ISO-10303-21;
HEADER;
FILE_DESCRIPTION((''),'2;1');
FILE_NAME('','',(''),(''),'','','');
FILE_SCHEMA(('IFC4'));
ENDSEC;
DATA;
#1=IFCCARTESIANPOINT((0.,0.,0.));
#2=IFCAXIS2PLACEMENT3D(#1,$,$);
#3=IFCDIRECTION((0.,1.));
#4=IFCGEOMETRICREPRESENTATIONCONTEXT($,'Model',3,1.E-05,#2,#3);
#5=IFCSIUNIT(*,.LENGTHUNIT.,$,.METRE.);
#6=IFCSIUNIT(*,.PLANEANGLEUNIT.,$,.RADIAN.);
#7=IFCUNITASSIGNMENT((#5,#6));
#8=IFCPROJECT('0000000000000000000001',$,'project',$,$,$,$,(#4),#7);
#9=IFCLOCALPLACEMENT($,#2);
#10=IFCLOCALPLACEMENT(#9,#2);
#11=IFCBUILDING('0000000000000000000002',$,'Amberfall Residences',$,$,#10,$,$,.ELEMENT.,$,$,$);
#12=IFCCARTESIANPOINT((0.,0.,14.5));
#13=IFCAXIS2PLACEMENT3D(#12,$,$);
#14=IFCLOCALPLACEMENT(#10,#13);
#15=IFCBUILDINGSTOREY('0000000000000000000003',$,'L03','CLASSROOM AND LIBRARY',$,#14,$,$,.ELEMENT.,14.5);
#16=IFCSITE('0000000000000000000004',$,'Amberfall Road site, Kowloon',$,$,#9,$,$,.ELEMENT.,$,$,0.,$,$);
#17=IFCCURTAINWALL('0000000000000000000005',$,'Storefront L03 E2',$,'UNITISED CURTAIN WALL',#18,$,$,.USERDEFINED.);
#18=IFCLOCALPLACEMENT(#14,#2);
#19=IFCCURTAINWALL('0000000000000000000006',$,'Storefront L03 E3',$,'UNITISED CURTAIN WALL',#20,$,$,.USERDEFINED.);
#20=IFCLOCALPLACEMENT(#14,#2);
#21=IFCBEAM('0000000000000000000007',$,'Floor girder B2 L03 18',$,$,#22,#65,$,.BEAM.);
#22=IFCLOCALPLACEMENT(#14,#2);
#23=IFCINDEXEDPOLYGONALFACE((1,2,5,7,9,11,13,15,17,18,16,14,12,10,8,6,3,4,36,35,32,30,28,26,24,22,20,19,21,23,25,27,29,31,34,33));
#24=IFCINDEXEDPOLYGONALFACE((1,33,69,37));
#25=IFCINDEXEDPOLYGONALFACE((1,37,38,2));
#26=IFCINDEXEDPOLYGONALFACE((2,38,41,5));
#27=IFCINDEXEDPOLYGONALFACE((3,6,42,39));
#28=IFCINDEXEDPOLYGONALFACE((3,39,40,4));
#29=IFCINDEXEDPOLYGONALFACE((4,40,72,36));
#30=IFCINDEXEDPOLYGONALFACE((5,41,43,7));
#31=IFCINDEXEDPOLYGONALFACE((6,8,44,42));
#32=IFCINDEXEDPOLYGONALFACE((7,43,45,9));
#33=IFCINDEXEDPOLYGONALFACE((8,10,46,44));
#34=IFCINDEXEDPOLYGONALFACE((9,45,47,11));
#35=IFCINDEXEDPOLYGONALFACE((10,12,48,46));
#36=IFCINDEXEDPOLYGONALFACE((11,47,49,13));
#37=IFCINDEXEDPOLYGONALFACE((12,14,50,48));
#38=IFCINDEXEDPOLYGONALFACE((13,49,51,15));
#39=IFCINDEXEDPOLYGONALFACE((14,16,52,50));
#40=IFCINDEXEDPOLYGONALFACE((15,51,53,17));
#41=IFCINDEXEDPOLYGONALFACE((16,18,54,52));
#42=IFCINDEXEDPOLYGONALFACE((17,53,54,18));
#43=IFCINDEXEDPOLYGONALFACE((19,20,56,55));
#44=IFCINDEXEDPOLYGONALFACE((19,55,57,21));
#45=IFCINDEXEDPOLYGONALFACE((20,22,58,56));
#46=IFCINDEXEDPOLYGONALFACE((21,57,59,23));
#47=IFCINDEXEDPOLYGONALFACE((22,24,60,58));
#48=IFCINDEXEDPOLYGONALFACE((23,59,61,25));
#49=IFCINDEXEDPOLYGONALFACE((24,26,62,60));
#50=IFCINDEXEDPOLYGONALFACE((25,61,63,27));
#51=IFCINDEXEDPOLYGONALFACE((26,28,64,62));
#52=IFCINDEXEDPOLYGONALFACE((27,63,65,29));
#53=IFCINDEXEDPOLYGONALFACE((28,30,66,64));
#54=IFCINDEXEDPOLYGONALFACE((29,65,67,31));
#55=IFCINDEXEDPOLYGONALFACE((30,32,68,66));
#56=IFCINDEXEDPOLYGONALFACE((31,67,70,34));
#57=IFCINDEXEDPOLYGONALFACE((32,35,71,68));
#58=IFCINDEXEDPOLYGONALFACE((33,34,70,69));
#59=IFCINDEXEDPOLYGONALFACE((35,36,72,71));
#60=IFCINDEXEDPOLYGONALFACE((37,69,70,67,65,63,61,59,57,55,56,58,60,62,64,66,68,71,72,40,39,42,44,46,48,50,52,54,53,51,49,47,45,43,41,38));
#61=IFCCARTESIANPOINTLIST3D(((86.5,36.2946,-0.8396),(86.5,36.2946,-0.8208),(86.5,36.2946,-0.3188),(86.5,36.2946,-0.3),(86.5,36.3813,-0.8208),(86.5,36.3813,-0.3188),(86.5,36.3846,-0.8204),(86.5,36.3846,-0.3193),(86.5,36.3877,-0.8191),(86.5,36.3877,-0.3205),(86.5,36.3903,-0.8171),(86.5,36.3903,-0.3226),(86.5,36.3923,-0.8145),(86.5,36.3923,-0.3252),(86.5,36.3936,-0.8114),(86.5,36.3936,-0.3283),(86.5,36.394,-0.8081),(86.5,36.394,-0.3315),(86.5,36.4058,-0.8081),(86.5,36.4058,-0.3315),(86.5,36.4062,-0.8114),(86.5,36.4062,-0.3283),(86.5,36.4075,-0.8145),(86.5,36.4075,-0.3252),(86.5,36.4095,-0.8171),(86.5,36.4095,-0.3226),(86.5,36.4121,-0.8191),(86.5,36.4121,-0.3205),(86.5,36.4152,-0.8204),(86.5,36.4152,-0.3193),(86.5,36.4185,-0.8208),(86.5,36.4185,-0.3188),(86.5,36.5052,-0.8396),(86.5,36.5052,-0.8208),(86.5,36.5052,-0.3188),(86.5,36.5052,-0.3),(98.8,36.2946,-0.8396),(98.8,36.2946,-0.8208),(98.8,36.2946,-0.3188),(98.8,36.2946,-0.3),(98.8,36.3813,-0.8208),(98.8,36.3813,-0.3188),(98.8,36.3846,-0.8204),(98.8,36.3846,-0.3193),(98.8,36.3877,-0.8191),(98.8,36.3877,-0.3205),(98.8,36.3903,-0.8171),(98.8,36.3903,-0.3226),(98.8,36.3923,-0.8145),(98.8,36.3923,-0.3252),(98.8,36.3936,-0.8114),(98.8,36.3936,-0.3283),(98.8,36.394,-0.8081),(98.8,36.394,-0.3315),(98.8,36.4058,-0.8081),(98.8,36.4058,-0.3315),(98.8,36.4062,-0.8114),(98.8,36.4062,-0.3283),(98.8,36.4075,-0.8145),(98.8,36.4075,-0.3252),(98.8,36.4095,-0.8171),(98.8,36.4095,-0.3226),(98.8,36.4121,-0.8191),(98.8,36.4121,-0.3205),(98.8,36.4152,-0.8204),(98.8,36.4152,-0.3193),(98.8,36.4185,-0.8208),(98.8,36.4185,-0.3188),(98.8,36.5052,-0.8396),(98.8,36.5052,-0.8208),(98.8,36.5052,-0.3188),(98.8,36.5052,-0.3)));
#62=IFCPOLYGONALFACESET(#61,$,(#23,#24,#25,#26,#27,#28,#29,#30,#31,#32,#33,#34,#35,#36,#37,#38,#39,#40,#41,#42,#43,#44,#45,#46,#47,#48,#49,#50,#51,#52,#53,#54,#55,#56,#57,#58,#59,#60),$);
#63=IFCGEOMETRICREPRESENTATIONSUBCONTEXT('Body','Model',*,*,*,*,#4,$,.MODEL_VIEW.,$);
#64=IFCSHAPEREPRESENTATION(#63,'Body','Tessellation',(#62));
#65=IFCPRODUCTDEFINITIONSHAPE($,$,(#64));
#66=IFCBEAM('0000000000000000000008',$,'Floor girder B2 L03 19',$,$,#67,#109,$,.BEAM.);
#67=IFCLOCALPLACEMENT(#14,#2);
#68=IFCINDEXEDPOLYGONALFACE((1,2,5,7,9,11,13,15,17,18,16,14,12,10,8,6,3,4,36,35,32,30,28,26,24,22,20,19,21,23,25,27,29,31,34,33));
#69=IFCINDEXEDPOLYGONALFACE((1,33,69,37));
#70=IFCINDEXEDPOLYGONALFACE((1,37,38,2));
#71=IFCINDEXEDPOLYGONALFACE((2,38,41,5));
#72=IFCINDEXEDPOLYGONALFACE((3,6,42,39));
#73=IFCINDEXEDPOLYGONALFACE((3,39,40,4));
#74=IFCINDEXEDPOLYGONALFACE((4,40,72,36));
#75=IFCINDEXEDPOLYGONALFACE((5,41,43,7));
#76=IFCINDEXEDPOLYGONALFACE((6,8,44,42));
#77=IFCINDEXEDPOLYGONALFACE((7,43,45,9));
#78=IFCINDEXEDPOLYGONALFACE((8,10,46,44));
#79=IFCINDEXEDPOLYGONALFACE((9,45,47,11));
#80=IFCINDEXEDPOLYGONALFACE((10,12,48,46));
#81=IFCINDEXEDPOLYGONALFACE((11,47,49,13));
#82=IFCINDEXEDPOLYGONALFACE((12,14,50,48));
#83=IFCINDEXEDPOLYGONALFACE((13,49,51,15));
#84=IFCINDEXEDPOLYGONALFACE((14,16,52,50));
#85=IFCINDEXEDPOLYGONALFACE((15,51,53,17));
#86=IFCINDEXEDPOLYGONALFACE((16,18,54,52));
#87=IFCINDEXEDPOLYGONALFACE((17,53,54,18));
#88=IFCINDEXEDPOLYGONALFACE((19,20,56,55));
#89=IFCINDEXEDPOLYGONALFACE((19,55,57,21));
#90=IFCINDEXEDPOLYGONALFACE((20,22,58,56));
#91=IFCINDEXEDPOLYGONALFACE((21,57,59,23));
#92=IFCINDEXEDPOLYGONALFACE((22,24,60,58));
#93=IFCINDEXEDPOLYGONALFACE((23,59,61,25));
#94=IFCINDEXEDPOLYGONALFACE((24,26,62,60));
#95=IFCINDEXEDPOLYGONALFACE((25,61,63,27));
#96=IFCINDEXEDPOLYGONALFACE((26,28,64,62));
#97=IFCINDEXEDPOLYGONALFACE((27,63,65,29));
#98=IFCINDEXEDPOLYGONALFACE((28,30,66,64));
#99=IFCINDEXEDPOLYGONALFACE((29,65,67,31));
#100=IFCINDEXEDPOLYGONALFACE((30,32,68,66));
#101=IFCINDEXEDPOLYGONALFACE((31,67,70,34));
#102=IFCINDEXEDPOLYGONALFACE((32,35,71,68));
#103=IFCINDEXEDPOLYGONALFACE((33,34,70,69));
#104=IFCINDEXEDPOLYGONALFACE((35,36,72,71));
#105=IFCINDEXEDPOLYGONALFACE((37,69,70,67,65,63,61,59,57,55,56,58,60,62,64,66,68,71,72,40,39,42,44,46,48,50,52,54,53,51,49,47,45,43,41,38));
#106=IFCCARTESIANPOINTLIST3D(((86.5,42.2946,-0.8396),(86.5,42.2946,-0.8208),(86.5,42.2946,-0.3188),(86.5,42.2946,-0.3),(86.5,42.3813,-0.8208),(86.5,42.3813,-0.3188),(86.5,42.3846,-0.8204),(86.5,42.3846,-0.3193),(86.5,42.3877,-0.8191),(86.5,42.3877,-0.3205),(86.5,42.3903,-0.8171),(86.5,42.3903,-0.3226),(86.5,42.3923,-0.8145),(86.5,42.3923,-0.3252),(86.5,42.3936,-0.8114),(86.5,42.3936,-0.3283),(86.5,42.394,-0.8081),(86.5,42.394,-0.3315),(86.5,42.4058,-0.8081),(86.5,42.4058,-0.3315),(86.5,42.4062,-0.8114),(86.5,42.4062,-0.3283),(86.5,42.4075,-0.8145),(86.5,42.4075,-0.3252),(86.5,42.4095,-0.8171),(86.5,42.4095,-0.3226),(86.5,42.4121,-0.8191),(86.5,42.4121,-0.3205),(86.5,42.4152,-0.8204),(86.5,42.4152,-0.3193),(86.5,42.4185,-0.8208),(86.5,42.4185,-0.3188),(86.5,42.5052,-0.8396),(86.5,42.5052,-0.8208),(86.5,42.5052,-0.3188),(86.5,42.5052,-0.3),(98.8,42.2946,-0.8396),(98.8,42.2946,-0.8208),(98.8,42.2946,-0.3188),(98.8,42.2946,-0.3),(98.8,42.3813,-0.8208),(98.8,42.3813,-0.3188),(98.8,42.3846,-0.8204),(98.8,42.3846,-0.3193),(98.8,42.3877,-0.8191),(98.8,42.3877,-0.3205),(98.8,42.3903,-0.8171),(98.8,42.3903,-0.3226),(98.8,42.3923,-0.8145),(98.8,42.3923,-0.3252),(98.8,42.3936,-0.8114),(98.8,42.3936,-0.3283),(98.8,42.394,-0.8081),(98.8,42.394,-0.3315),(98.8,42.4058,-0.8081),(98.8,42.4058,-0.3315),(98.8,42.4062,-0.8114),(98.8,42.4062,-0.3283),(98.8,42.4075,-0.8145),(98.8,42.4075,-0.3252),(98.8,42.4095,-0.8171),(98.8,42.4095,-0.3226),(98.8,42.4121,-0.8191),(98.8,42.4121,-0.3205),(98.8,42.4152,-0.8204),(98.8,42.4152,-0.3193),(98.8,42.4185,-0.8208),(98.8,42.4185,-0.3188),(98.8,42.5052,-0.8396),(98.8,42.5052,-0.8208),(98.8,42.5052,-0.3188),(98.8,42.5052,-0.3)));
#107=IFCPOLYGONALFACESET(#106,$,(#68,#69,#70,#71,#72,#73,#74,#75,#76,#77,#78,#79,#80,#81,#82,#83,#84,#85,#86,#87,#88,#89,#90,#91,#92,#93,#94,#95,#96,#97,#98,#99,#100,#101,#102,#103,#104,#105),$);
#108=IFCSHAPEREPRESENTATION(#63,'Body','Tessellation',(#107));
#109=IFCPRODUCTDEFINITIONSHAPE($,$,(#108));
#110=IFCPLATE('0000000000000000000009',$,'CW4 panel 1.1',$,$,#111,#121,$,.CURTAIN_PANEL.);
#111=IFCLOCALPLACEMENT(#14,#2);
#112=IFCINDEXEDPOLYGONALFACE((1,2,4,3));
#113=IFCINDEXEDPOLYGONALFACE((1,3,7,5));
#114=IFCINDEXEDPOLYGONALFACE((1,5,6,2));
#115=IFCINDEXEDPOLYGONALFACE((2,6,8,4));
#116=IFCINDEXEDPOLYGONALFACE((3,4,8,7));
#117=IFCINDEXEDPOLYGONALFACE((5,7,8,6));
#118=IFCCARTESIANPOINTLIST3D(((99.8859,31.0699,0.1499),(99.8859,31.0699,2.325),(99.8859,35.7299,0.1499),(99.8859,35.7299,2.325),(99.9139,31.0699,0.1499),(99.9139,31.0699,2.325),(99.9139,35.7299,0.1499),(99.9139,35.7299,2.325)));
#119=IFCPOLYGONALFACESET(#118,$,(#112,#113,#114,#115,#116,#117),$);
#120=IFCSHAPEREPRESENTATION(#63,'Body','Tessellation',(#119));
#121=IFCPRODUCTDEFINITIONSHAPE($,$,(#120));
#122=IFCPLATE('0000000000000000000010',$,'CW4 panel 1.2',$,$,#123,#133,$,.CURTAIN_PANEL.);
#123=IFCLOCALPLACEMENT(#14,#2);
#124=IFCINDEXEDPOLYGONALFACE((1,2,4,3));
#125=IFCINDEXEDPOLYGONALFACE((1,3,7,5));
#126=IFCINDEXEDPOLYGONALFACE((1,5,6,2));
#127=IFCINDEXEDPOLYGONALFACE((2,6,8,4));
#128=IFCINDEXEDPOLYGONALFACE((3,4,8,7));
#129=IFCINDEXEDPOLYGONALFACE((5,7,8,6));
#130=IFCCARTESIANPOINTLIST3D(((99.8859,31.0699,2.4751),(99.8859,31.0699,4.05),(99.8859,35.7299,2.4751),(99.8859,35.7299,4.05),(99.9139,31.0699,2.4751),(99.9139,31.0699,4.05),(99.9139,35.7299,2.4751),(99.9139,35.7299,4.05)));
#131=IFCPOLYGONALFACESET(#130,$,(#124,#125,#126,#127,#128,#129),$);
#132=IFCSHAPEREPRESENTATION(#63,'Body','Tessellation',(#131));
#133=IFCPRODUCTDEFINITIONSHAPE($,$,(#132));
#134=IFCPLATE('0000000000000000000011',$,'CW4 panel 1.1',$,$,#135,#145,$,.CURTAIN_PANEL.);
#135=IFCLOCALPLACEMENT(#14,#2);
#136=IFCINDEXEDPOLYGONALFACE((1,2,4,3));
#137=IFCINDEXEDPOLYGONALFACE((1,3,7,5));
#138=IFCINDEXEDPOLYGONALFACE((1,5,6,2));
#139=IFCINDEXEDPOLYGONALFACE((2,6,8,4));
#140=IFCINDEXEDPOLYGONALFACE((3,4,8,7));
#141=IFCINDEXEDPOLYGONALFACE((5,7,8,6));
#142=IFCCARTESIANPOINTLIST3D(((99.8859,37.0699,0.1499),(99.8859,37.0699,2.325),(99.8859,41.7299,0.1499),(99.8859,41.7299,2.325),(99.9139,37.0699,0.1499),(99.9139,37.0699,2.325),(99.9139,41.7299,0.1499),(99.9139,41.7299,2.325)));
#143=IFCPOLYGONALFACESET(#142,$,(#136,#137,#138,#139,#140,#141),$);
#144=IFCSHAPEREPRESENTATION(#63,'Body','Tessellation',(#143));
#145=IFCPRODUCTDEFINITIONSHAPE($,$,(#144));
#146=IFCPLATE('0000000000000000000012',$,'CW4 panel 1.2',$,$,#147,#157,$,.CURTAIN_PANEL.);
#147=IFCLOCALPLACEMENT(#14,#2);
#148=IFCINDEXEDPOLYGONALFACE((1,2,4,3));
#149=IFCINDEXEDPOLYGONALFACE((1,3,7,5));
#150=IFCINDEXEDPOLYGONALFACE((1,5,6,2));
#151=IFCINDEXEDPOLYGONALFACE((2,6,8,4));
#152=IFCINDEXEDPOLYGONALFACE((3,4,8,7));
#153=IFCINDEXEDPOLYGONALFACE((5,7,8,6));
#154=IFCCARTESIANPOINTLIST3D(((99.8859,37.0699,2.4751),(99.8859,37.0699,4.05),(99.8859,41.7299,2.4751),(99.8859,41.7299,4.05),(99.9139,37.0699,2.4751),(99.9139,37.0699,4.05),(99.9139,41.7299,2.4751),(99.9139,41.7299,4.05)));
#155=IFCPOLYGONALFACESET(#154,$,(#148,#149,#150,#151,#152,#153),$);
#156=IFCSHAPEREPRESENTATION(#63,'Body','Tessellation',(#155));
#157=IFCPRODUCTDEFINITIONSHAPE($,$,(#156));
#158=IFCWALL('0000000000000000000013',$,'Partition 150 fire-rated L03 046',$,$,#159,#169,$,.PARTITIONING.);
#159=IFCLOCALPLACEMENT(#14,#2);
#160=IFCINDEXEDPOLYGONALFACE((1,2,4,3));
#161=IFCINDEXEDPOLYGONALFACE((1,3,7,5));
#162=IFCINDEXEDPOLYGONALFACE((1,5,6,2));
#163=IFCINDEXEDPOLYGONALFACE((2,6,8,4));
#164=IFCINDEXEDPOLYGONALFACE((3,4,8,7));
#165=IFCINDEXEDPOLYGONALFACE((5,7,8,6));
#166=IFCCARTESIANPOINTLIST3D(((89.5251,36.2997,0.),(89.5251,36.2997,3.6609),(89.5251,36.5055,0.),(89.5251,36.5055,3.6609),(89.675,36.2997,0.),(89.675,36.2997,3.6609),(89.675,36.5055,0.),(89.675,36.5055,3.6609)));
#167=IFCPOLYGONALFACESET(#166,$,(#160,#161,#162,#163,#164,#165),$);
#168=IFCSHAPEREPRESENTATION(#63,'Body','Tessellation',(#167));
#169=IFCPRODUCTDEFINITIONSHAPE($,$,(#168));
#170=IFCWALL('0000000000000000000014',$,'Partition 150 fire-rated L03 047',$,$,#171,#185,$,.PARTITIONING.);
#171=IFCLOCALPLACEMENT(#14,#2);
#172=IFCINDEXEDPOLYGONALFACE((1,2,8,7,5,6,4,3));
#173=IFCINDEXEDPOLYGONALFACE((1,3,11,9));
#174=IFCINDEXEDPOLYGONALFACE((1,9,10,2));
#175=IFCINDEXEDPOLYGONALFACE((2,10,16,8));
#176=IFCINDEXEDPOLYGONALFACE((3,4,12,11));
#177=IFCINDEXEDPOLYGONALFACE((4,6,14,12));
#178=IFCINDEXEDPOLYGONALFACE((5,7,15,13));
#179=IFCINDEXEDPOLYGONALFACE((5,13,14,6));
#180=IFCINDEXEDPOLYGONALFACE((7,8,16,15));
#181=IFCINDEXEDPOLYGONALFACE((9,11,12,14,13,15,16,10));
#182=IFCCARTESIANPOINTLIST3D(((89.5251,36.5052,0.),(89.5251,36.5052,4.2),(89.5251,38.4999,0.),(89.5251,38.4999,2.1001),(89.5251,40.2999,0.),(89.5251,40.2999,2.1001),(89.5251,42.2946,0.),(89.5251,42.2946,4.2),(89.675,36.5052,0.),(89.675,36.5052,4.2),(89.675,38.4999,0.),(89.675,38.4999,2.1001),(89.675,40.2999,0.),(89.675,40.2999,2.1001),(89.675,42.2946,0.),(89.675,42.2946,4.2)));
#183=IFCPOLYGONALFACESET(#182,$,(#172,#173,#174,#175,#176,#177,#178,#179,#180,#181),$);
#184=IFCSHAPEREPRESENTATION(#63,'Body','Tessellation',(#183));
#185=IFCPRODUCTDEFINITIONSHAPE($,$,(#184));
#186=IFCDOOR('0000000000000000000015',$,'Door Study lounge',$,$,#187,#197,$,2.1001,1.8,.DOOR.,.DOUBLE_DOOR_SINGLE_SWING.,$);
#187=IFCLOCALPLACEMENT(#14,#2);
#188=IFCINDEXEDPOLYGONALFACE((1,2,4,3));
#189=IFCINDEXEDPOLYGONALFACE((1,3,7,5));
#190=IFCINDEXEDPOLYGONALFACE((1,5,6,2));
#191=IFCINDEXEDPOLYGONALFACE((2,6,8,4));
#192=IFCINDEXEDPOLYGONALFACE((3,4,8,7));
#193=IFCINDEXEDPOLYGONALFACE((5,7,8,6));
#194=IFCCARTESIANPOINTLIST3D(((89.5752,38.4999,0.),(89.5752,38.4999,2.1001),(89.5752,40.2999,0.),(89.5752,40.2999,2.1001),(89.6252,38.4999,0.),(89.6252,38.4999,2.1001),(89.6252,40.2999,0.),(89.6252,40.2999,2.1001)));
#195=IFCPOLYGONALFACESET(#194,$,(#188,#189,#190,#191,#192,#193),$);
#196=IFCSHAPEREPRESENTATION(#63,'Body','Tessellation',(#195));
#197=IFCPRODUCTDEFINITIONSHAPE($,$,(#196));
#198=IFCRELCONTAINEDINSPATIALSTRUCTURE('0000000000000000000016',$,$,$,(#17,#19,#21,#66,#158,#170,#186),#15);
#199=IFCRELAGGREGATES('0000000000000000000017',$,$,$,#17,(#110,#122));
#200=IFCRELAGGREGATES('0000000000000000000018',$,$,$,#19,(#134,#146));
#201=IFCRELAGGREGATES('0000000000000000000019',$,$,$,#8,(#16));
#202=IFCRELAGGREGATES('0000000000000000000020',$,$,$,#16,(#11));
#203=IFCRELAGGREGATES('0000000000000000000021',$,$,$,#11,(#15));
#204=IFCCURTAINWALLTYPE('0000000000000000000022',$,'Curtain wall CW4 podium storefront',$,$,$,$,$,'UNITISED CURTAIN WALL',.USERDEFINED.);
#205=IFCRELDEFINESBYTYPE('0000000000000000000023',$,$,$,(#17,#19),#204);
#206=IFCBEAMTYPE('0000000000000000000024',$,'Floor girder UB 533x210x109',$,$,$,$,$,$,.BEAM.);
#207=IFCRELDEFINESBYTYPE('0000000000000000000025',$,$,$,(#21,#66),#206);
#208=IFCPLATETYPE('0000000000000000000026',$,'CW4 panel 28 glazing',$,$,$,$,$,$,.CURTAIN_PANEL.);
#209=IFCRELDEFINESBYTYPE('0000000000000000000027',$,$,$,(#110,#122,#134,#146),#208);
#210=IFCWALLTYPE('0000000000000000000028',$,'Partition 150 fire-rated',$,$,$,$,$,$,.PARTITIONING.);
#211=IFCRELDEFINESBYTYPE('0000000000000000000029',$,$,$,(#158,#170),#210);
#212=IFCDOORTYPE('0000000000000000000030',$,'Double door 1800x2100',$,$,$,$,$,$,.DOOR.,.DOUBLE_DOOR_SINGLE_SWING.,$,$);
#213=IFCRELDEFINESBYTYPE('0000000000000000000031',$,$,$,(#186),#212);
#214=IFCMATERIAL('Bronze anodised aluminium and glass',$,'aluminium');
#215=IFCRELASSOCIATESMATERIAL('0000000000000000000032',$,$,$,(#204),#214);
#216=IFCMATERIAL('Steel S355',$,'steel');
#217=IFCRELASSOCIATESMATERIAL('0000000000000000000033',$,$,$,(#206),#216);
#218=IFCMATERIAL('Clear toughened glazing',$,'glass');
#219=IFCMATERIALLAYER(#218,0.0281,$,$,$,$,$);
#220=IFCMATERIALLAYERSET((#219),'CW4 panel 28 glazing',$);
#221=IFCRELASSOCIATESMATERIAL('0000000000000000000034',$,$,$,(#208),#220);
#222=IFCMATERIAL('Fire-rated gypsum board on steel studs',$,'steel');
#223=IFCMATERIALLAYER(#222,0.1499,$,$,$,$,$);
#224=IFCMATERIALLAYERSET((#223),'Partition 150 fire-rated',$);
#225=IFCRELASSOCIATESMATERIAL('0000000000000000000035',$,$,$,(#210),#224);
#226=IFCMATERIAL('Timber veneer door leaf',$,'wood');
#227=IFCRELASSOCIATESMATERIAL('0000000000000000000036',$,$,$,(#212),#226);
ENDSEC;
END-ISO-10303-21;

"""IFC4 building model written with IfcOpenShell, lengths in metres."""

from ifc_helpers import new_model, si_unit, direction, frame, frame_2d, origin, origin_2d, place, context, subcontext, project, spatial, rectangle, i_section, extrude, material, layer, layer_set, material_profile, profile_set, type_object, element, fill, aggregate, save


model = new_model("IFC4")

# Units and contexts
model_context = context("Model", 3, precision=1e-05, world=origin(), true_north=direction((0.0, 1.0)))
body_context = subcontext(model_context, "Body", "Model", "MODEL_VIEW")
ifc_project = project(units=[si_unit("LENGTHUNIT", "METRE"), si_unit("PLANEANGLEUNIT", "RADIAN")], contexts=[model_context])

# Site, building, storey
site_placement = place(None, origin())
site = spatial("IfcSite", under=ifc_project, at=site_placement, Name="Amberfall Road site, Kowloon", CompositionType="ELEMENT", RefElevation=0.0)
building_placement = place(site_placement, origin())
building = spatial("IfcBuilding", under=site, at=building_placement, Name="Amberfall Residences", CompositionType="ELEMENT")
storey_placement = place(building_placement, frame((0.0, 0.0, 14.5)))
storey = spatial("IfcBuildingStorey", under=building, at=storey_placement, Name="L03", Description="CLASSROOM AND LIBRARY", CompositionType="ELEMENT", Elevation=14.5)

# Curtain wall
ifc_material_1 = material(Name="Bronze anodised aluminium and glass", Category="aluminium")
curtain_wall_type = type_object("IfcCurtainWallType", Name="Curtain wall CW4 podium storefront", ElementType="UNITISED CURTAIN WALL", PredefinedType="USERDEFINED", material=ifc_material_1)
curtain_wall_1_placement = place(storey_placement, origin())
curtain_wall_1 = element("IfcCurtainWall", 1, at=curtain_wall_1_placement, inside=storey, type_object=curtain_wall_type, Name="Storefront L03 E2", ObjectType="UNITISED CURTAIN WALL", PredefinedType="USERDEFINED")

# Curtain wall
curtain_wall_2_placement = place(storey_placement, origin())
curtain_wall_2 = element("IfcCurtainWall", 2, at=curtain_wall_2_placement, inside=storey, type_object=curtain_wall_type, Name="Storefront L03 E3", ObjectType="UNITISED CURTAIN WALL", PredefinedType="USERDEFINED")

# Beams
ifc_material_2 = material(Name="Steel S355", Category="steel")
ifc_material_profile_1 = material_profile(ifc_material_2, i_section(OverallWidth=0.2107, OverallDepth=0.5396, WebThickness=0.0117, FlangeThickness=0.0188, FilletRadius=0.0127, at=origin_2d()), Name="UB 533x210x109")
ifc_profile_set_1 = profile_set([ifc_material_profile_1], Name="Steel S355")
beam_type_1 = type_object("IfcBeamType", Name="Floor girder UB 533x210x109", PredefinedType="BEAM", material=ifc_profile_set_1)
for number, where, z_axis, x_axis, name in (
    (3, (98.8, 36.3999, -0.5698), (-1.0, 0.0, 0.0), (0.0, -1.0, 0.0), "Floor girder B2 L03 18"),
    (4, (98.8, 42.3999, -0.5698), (-1.0, 0.0, 0.0), (0.0, -1.0, 0.0), "Floor girder B2 L03 19"),
):
    element("IfcBeam", number, at=place(storey_placement, frame(where, z_axis=z_axis, x_axis=x_axis)), inside=storey, type_object=beam_type_1, Name=name, PredefinedType="BEAM", context=body_context, shape_type="SweptSolid", body=[
        extrude(i_section(OverallWidth=0.2107, OverallDepth=0.5396, WebThickness=0.0117, FlangeThickness=0.0188, FilletRadius=0.0127, at=origin_2d()), origin(), (0.0, 0.0, 1.0), 12.3),
    ])

# Plates
ifc_material_3 = material(Name="Clear toughened glazing", Category="glass")
ifc_layer_1 = layer(ifc_material_3, 0.0281)
ifc_layer_set_1 = layer_set([ifc_layer_1], Name="CW4 panel 28 glazing")
plate_type = type_object("IfcPlateType", Name="CW4 panel 28 glazing", PredefinedType="CURTAIN_PANEL", material=ifc_layer_set_1)
plate_1_placement = place(storey_placement, frame((99.8999, 33.3999, 0.1499), z_axis=(0.0, 0.0, 1.0), x_axis=(0.0, 1.0, 0.0)))
plate_1 = element("IfcPlate", 5, at=plate_1_placement, type_object=plate_type, Name="CW4 panel 1.1", PredefinedType="CURTAIN_PANEL", context=body_context, shape_type="SweptSolid", body=[
    extrude(rectangle(XDim=4.6599, YDim=0.0281, at=origin_2d()), origin(), (0.0, 0.0, 1.0), 2.175),
])
plate_2_placement = place(storey_placement, frame((99.8999, 33.3999, 2.4751), z_axis=(0.0, 0.0, 1.0), x_axis=(0.0, 1.0, 0.0)))
plate_2 = element("IfcPlate", 6, at=plate_2_placement, type_object=plate_type, Name="CW4 panel 1.2", PredefinedType="CURTAIN_PANEL", context=body_context, shape_type="SweptSolid", body=[
    extrude(rectangle(XDim=4.6599, YDim=0.0281, at=origin_2d()), origin(), (0.0, 0.0, 1.0), 1.575),
])
aggregate(curtain_wall_1, [plate_1, plate_2])
plate_3_placement = place(storey_placement, frame((99.8999, 39.3999, 0.1499), z_axis=(0.0, 0.0, 1.0), x_axis=(0.0, 1.0, 0.0)))
plate_3 = element("IfcPlate", 7, at=plate_3_placement, type_object=plate_type, Name="CW4 panel 1.1", PredefinedType="CURTAIN_PANEL", context=body_context, shape_type="SweptSolid", body=[
    extrude(rectangle(XDim=4.6599, YDim=0.0281, at=origin_2d()), origin(), (0.0, 0.0, 1.0), 2.175),
])
plate_4_placement = place(storey_placement, frame((99.8999, 39.3999, 2.4751), z_axis=(0.0, 0.0, 1.0), x_axis=(0.0, 1.0, 0.0)))
plate_4 = element("IfcPlate", 8, at=plate_4_placement, type_object=plate_type, Name="CW4 panel 1.2", PredefinedType="CURTAIN_PANEL", context=body_context, shape_type="SweptSolid", body=[
    extrude(rectangle(XDim=4.6599, YDim=0.0281, at=origin_2d()), origin(), (0.0, 0.0, 1.0), 1.575),
])
aggregate(curtain_wall_2, [plate_3, plate_4])

# Wall
ifc_material_4 = material(Name="Fire-rated gypsum board on steel studs", Category="steel")
ifc_layer_2 = layer(ifc_material_4, 0.1499)
ifc_layer_set_2 = layer_set([ifc_layer_2], Name="Partition 150 fire-rated")
wall_type = type_object("IfcWallType", Name="Partition 150 fire-rated", PredefinedType="PARTITIONING", material=ifc_layer_set_2)
wall_1_placement = place(storey_placement, frame((89.6001, 36.2996, 0.0), z_axis=(0.0, 0.0, 1.0), x_axis=(0.0, 1.0, 0.0)))
element("IfcWall", 9, at=wall_1_placement, inside=storey, type_object=wall_type, Name="Partition 150 fire-rated L03 046", PredefinedType="PARTITIONING", context=body_context, shape_type="SweptSolid", body=[
    extrude(rectangle(XDim=0.2058, YDim=0.1499, at=frame_2d((0.103, 0.0))), origin(), (0.0, 0.0, 1.0), 3.6609),
])

# Wall, opening, door
wall_2_placement = place(storey_placement, frame((89.6001, 36.5054, 0.0), z_axis=(0.0, 0.0, 1.0), x_axis=(0.0, 1.0, 0.0)))
wall_2 = element("IfcWall", 10, at=wall_2_placement, inside=storey, type_object=wall_type, Name="Partition 150 fire-rated L03 047", PredefinedType="PARTITIONING", context=body_context, shape_type="SweptSolid", body=[
    extrude(rectangle(XDim=5.7893, YDim=0.1499, at=frame_2d((2.8945, 0.0))), origin(), (0.0, 0.0, 1.0), 4.2),
])
opening_placement = place(wall_2_placement, frame((1.9946, 0.0, 0.0)))
opening = element("IfcOpeningElement", 11, at=opening_placement, cuts=wall_2, PredefinedType="OPENING", context=body_context, shape_type="SweptSolid", body=[
    extrude(rectangle(XDim=1.8, YDim=2.1001, at=frame_2d((0.8999, 1.05))), frame((0.0, 0.085, 0.0), z_axis=(0.0, -1.0, 0.0), x_axis=(1.0, 0.0, 0.0)), (0.0, 0.0, 1.0), 0.1699),
])
ifc_material_5 = material(Name="Timber veneer door leaf", Category="wood")
door_type = type_object("IfcDoorType", Name="Double door 1800x2100", OperationType="DOUBLE_DOOR_SINGLE_SWING", PredefinedType="DOOR", material=ifc_material_5)
door_placement = place(opening_placement, origin())
door = element("IfcDoor", 12, at=door_placement, inside=storey, type_object=door_type, Name="Door Study lounge", OperationType="DOUBLE_DOOR_SINGLE_SWING", OverallHeight=2.1001, OverallWidth=1.8, PredefinedType="DOOR", context=body_context, shape_type="SweptSolid", body=[
    extrude(rectangle(XDim=1.8, YDim=2.1001, at=frame_2d((0.8999, 1.05))), frame((0.0, 0.0249, 0.0), z_axis=(0.0, -1.0, 0.0), x_axis=(1.0, 0.0, 0.0)), (0.0, 0.0, 1.0), 0.05),
])
fill(opening, door)

save(model, "model.ifc")
